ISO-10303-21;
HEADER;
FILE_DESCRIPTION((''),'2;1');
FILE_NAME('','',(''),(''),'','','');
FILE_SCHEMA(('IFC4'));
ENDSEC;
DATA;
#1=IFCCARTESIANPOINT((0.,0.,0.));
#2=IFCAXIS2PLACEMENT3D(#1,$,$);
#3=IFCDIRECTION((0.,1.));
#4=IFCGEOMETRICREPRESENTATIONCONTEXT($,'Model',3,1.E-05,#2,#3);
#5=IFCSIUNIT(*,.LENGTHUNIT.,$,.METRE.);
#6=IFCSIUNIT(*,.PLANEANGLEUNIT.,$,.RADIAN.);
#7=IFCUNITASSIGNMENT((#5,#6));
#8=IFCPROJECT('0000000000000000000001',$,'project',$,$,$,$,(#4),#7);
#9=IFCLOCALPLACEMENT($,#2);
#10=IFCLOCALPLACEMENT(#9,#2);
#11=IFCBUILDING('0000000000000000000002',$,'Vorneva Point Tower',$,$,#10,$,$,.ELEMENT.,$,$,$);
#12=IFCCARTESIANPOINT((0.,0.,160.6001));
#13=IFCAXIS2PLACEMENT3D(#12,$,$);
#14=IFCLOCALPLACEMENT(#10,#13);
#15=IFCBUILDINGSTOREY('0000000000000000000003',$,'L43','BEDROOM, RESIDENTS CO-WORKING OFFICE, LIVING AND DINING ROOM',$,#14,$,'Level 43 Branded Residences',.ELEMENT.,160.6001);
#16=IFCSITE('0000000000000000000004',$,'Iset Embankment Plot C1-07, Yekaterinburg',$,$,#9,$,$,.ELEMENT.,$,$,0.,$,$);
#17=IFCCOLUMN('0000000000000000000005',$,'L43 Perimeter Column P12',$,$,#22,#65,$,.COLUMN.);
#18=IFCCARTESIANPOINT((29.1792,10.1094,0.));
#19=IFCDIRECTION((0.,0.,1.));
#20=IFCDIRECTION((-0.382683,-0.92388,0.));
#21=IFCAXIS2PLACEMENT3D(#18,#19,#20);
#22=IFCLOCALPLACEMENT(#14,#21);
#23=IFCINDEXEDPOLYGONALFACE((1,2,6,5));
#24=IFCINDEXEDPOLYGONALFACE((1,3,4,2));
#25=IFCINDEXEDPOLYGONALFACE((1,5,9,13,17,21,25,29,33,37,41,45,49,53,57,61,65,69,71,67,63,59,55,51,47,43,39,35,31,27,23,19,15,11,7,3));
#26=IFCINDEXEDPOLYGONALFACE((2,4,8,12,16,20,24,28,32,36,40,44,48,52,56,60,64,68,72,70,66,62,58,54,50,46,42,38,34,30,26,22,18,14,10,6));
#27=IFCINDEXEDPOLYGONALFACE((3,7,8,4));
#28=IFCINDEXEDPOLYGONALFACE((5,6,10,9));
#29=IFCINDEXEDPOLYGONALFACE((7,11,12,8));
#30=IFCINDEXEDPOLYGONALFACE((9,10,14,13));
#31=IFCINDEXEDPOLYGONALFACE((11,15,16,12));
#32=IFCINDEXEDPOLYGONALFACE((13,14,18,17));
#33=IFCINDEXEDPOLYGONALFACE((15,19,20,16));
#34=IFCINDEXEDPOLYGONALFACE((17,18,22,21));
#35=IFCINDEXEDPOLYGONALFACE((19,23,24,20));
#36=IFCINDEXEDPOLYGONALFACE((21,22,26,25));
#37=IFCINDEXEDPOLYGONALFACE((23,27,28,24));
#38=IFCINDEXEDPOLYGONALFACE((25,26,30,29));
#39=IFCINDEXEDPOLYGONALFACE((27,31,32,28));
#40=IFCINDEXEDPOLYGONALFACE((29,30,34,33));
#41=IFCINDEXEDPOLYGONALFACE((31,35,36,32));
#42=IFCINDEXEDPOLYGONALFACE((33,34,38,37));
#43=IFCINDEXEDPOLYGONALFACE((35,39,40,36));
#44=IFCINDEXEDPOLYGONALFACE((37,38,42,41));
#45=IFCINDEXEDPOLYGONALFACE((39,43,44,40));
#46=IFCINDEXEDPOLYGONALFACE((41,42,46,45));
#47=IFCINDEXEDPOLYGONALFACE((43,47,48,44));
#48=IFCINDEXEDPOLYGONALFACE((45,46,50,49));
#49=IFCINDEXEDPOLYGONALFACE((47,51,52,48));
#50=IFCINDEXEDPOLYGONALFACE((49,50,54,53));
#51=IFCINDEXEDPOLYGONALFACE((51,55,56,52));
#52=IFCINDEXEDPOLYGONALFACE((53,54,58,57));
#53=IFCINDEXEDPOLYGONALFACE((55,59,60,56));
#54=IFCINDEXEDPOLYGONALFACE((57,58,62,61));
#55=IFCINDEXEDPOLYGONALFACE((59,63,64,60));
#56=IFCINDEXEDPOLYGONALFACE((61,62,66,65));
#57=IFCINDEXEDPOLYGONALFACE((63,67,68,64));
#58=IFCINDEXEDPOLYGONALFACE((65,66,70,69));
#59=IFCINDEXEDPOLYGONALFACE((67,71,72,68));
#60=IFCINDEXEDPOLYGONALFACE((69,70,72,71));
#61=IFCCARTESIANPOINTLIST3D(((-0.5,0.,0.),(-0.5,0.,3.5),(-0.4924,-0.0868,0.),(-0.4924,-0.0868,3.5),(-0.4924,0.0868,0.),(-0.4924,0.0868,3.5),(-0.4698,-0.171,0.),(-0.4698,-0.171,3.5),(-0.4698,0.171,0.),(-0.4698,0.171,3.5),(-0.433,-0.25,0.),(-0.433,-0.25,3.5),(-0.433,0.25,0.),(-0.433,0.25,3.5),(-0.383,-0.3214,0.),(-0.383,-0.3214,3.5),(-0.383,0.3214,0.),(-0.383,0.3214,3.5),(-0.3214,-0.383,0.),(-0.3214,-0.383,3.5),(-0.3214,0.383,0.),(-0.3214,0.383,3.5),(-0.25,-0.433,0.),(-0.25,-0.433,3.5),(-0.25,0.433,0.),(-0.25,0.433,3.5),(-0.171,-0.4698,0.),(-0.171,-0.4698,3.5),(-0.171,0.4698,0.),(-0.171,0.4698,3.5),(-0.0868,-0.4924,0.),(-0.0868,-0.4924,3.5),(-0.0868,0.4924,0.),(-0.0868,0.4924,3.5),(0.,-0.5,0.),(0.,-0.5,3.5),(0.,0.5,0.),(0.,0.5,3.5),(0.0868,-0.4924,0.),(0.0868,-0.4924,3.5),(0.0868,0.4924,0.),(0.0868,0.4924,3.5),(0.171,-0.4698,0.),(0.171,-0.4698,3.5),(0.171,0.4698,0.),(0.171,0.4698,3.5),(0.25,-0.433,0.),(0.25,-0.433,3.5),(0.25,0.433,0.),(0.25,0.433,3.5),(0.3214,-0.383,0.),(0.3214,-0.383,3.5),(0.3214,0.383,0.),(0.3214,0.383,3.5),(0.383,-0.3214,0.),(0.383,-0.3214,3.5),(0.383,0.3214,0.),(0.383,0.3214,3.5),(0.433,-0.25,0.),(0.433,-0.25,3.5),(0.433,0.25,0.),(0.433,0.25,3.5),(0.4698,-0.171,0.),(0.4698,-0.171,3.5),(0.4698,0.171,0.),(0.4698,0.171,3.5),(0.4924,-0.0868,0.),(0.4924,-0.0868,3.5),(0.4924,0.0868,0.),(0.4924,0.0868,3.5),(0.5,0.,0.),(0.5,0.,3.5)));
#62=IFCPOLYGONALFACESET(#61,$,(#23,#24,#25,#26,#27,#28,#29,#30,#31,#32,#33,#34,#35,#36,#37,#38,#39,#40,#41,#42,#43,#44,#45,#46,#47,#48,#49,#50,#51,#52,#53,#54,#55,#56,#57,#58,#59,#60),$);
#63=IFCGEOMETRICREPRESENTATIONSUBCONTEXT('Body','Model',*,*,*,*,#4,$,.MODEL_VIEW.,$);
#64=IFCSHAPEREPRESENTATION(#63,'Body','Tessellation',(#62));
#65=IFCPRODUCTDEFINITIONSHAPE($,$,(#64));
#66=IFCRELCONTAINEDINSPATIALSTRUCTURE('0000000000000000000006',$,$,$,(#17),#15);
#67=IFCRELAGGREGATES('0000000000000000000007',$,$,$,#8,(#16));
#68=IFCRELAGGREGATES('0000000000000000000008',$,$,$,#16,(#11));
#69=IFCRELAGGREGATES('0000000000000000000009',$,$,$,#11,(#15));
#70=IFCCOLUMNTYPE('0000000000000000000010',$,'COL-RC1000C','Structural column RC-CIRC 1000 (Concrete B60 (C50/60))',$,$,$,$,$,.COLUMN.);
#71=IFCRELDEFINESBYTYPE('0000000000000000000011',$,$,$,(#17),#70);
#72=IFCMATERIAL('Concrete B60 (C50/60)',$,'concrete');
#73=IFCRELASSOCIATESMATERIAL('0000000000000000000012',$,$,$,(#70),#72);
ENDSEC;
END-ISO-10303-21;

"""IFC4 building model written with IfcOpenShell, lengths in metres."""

from ifc_helpers import new_model, si_unit, direction, frame, origin, origin_2d, place, context, subcontext, project, spatial, circle, extrude, material, material_profile, profile_set, type_object, element, save


model = new_model("IFC4")

# Units and contexts
model_context = context("Model", 3, precision=1e-05, world=origin(), true_north=direction((0.0, 1.0)))
body_context = subcontext(model_context, "Body", "Model", "MODEL_VIEW")
ifc_project = project(units=[si_unit("LENGTHUNIT", "METRE"), si_unit("PLANEANGLEUNIT", "RADIAN")], contexts=[model_context])

# Site, building, storey
site_placement = place(None, origin())
site = spatial("IfcSite", under=ifc_project, at=site_placement, Name="Iset Embankment Plot C1-07, Yekaterinburg", CompositionType="ELEMENT", RefElevation=0.0)
building_placement = place(site_placement, origin())
building = spatial("IfcBuilding", under=site, at=building_placement, Name="Vorneva Point Tower", CompositionType="ELEMENT")
storey_placement = place(building_placement, frame((0.0, 0.0, 160.6001)))
storey = spatial("IfcBuildingStorey", under=building, at=storey_placement, Name="L43", Description="BEDROOM, RESIDENTS CO-WORKING OFFICE, LIVING AND DINING ROOM", LongName="Level 43 Branded Residences", CompositionType="ELEMENT", Elevation=160.6001)

# Column
ifc_material_1 = material(Name="Concrete B60 (C50/60)", Category="concrete")
ifc_material_profile_1 = material_profile(ifc_material_1, circle(Radius=0.5, at=origin_2d()), Name="RC-CIRC 1000")
ifc_profile_set_1 = profile_set([ifc_material_profile_1], Name="Concrete B60 (C50/60)")
column_type_1 = type_object("IfcColumnType", Name="COL-RC1000C", Description="Structural column RC-CIRC 1000 (Concrete B60 (C50/60))", PredefinedType="COLUMN", material=ifc_profile_set_1)
column_1_placement = place(storey_placement, frame((29.1792, 10.1094, 0.0), z_axis=(0.0, 0.0, 1.0), x_axis=(-0.382683, -0.92388, 0.0)))
element("IfcColumn", 1, at=column_1_placement, inside=storey, type_object=column_type_1, Name="L43 Perimeter Column P12", PredefinedType="COLUMN", context=body_context, shape_type="SweptSolid", body=[
    extrude(circle(Radius=0.5, at=origin_2d()), origin(), (0.0, 0.0, 1.0), 3.5),
])

save(model, "model.ifc")
